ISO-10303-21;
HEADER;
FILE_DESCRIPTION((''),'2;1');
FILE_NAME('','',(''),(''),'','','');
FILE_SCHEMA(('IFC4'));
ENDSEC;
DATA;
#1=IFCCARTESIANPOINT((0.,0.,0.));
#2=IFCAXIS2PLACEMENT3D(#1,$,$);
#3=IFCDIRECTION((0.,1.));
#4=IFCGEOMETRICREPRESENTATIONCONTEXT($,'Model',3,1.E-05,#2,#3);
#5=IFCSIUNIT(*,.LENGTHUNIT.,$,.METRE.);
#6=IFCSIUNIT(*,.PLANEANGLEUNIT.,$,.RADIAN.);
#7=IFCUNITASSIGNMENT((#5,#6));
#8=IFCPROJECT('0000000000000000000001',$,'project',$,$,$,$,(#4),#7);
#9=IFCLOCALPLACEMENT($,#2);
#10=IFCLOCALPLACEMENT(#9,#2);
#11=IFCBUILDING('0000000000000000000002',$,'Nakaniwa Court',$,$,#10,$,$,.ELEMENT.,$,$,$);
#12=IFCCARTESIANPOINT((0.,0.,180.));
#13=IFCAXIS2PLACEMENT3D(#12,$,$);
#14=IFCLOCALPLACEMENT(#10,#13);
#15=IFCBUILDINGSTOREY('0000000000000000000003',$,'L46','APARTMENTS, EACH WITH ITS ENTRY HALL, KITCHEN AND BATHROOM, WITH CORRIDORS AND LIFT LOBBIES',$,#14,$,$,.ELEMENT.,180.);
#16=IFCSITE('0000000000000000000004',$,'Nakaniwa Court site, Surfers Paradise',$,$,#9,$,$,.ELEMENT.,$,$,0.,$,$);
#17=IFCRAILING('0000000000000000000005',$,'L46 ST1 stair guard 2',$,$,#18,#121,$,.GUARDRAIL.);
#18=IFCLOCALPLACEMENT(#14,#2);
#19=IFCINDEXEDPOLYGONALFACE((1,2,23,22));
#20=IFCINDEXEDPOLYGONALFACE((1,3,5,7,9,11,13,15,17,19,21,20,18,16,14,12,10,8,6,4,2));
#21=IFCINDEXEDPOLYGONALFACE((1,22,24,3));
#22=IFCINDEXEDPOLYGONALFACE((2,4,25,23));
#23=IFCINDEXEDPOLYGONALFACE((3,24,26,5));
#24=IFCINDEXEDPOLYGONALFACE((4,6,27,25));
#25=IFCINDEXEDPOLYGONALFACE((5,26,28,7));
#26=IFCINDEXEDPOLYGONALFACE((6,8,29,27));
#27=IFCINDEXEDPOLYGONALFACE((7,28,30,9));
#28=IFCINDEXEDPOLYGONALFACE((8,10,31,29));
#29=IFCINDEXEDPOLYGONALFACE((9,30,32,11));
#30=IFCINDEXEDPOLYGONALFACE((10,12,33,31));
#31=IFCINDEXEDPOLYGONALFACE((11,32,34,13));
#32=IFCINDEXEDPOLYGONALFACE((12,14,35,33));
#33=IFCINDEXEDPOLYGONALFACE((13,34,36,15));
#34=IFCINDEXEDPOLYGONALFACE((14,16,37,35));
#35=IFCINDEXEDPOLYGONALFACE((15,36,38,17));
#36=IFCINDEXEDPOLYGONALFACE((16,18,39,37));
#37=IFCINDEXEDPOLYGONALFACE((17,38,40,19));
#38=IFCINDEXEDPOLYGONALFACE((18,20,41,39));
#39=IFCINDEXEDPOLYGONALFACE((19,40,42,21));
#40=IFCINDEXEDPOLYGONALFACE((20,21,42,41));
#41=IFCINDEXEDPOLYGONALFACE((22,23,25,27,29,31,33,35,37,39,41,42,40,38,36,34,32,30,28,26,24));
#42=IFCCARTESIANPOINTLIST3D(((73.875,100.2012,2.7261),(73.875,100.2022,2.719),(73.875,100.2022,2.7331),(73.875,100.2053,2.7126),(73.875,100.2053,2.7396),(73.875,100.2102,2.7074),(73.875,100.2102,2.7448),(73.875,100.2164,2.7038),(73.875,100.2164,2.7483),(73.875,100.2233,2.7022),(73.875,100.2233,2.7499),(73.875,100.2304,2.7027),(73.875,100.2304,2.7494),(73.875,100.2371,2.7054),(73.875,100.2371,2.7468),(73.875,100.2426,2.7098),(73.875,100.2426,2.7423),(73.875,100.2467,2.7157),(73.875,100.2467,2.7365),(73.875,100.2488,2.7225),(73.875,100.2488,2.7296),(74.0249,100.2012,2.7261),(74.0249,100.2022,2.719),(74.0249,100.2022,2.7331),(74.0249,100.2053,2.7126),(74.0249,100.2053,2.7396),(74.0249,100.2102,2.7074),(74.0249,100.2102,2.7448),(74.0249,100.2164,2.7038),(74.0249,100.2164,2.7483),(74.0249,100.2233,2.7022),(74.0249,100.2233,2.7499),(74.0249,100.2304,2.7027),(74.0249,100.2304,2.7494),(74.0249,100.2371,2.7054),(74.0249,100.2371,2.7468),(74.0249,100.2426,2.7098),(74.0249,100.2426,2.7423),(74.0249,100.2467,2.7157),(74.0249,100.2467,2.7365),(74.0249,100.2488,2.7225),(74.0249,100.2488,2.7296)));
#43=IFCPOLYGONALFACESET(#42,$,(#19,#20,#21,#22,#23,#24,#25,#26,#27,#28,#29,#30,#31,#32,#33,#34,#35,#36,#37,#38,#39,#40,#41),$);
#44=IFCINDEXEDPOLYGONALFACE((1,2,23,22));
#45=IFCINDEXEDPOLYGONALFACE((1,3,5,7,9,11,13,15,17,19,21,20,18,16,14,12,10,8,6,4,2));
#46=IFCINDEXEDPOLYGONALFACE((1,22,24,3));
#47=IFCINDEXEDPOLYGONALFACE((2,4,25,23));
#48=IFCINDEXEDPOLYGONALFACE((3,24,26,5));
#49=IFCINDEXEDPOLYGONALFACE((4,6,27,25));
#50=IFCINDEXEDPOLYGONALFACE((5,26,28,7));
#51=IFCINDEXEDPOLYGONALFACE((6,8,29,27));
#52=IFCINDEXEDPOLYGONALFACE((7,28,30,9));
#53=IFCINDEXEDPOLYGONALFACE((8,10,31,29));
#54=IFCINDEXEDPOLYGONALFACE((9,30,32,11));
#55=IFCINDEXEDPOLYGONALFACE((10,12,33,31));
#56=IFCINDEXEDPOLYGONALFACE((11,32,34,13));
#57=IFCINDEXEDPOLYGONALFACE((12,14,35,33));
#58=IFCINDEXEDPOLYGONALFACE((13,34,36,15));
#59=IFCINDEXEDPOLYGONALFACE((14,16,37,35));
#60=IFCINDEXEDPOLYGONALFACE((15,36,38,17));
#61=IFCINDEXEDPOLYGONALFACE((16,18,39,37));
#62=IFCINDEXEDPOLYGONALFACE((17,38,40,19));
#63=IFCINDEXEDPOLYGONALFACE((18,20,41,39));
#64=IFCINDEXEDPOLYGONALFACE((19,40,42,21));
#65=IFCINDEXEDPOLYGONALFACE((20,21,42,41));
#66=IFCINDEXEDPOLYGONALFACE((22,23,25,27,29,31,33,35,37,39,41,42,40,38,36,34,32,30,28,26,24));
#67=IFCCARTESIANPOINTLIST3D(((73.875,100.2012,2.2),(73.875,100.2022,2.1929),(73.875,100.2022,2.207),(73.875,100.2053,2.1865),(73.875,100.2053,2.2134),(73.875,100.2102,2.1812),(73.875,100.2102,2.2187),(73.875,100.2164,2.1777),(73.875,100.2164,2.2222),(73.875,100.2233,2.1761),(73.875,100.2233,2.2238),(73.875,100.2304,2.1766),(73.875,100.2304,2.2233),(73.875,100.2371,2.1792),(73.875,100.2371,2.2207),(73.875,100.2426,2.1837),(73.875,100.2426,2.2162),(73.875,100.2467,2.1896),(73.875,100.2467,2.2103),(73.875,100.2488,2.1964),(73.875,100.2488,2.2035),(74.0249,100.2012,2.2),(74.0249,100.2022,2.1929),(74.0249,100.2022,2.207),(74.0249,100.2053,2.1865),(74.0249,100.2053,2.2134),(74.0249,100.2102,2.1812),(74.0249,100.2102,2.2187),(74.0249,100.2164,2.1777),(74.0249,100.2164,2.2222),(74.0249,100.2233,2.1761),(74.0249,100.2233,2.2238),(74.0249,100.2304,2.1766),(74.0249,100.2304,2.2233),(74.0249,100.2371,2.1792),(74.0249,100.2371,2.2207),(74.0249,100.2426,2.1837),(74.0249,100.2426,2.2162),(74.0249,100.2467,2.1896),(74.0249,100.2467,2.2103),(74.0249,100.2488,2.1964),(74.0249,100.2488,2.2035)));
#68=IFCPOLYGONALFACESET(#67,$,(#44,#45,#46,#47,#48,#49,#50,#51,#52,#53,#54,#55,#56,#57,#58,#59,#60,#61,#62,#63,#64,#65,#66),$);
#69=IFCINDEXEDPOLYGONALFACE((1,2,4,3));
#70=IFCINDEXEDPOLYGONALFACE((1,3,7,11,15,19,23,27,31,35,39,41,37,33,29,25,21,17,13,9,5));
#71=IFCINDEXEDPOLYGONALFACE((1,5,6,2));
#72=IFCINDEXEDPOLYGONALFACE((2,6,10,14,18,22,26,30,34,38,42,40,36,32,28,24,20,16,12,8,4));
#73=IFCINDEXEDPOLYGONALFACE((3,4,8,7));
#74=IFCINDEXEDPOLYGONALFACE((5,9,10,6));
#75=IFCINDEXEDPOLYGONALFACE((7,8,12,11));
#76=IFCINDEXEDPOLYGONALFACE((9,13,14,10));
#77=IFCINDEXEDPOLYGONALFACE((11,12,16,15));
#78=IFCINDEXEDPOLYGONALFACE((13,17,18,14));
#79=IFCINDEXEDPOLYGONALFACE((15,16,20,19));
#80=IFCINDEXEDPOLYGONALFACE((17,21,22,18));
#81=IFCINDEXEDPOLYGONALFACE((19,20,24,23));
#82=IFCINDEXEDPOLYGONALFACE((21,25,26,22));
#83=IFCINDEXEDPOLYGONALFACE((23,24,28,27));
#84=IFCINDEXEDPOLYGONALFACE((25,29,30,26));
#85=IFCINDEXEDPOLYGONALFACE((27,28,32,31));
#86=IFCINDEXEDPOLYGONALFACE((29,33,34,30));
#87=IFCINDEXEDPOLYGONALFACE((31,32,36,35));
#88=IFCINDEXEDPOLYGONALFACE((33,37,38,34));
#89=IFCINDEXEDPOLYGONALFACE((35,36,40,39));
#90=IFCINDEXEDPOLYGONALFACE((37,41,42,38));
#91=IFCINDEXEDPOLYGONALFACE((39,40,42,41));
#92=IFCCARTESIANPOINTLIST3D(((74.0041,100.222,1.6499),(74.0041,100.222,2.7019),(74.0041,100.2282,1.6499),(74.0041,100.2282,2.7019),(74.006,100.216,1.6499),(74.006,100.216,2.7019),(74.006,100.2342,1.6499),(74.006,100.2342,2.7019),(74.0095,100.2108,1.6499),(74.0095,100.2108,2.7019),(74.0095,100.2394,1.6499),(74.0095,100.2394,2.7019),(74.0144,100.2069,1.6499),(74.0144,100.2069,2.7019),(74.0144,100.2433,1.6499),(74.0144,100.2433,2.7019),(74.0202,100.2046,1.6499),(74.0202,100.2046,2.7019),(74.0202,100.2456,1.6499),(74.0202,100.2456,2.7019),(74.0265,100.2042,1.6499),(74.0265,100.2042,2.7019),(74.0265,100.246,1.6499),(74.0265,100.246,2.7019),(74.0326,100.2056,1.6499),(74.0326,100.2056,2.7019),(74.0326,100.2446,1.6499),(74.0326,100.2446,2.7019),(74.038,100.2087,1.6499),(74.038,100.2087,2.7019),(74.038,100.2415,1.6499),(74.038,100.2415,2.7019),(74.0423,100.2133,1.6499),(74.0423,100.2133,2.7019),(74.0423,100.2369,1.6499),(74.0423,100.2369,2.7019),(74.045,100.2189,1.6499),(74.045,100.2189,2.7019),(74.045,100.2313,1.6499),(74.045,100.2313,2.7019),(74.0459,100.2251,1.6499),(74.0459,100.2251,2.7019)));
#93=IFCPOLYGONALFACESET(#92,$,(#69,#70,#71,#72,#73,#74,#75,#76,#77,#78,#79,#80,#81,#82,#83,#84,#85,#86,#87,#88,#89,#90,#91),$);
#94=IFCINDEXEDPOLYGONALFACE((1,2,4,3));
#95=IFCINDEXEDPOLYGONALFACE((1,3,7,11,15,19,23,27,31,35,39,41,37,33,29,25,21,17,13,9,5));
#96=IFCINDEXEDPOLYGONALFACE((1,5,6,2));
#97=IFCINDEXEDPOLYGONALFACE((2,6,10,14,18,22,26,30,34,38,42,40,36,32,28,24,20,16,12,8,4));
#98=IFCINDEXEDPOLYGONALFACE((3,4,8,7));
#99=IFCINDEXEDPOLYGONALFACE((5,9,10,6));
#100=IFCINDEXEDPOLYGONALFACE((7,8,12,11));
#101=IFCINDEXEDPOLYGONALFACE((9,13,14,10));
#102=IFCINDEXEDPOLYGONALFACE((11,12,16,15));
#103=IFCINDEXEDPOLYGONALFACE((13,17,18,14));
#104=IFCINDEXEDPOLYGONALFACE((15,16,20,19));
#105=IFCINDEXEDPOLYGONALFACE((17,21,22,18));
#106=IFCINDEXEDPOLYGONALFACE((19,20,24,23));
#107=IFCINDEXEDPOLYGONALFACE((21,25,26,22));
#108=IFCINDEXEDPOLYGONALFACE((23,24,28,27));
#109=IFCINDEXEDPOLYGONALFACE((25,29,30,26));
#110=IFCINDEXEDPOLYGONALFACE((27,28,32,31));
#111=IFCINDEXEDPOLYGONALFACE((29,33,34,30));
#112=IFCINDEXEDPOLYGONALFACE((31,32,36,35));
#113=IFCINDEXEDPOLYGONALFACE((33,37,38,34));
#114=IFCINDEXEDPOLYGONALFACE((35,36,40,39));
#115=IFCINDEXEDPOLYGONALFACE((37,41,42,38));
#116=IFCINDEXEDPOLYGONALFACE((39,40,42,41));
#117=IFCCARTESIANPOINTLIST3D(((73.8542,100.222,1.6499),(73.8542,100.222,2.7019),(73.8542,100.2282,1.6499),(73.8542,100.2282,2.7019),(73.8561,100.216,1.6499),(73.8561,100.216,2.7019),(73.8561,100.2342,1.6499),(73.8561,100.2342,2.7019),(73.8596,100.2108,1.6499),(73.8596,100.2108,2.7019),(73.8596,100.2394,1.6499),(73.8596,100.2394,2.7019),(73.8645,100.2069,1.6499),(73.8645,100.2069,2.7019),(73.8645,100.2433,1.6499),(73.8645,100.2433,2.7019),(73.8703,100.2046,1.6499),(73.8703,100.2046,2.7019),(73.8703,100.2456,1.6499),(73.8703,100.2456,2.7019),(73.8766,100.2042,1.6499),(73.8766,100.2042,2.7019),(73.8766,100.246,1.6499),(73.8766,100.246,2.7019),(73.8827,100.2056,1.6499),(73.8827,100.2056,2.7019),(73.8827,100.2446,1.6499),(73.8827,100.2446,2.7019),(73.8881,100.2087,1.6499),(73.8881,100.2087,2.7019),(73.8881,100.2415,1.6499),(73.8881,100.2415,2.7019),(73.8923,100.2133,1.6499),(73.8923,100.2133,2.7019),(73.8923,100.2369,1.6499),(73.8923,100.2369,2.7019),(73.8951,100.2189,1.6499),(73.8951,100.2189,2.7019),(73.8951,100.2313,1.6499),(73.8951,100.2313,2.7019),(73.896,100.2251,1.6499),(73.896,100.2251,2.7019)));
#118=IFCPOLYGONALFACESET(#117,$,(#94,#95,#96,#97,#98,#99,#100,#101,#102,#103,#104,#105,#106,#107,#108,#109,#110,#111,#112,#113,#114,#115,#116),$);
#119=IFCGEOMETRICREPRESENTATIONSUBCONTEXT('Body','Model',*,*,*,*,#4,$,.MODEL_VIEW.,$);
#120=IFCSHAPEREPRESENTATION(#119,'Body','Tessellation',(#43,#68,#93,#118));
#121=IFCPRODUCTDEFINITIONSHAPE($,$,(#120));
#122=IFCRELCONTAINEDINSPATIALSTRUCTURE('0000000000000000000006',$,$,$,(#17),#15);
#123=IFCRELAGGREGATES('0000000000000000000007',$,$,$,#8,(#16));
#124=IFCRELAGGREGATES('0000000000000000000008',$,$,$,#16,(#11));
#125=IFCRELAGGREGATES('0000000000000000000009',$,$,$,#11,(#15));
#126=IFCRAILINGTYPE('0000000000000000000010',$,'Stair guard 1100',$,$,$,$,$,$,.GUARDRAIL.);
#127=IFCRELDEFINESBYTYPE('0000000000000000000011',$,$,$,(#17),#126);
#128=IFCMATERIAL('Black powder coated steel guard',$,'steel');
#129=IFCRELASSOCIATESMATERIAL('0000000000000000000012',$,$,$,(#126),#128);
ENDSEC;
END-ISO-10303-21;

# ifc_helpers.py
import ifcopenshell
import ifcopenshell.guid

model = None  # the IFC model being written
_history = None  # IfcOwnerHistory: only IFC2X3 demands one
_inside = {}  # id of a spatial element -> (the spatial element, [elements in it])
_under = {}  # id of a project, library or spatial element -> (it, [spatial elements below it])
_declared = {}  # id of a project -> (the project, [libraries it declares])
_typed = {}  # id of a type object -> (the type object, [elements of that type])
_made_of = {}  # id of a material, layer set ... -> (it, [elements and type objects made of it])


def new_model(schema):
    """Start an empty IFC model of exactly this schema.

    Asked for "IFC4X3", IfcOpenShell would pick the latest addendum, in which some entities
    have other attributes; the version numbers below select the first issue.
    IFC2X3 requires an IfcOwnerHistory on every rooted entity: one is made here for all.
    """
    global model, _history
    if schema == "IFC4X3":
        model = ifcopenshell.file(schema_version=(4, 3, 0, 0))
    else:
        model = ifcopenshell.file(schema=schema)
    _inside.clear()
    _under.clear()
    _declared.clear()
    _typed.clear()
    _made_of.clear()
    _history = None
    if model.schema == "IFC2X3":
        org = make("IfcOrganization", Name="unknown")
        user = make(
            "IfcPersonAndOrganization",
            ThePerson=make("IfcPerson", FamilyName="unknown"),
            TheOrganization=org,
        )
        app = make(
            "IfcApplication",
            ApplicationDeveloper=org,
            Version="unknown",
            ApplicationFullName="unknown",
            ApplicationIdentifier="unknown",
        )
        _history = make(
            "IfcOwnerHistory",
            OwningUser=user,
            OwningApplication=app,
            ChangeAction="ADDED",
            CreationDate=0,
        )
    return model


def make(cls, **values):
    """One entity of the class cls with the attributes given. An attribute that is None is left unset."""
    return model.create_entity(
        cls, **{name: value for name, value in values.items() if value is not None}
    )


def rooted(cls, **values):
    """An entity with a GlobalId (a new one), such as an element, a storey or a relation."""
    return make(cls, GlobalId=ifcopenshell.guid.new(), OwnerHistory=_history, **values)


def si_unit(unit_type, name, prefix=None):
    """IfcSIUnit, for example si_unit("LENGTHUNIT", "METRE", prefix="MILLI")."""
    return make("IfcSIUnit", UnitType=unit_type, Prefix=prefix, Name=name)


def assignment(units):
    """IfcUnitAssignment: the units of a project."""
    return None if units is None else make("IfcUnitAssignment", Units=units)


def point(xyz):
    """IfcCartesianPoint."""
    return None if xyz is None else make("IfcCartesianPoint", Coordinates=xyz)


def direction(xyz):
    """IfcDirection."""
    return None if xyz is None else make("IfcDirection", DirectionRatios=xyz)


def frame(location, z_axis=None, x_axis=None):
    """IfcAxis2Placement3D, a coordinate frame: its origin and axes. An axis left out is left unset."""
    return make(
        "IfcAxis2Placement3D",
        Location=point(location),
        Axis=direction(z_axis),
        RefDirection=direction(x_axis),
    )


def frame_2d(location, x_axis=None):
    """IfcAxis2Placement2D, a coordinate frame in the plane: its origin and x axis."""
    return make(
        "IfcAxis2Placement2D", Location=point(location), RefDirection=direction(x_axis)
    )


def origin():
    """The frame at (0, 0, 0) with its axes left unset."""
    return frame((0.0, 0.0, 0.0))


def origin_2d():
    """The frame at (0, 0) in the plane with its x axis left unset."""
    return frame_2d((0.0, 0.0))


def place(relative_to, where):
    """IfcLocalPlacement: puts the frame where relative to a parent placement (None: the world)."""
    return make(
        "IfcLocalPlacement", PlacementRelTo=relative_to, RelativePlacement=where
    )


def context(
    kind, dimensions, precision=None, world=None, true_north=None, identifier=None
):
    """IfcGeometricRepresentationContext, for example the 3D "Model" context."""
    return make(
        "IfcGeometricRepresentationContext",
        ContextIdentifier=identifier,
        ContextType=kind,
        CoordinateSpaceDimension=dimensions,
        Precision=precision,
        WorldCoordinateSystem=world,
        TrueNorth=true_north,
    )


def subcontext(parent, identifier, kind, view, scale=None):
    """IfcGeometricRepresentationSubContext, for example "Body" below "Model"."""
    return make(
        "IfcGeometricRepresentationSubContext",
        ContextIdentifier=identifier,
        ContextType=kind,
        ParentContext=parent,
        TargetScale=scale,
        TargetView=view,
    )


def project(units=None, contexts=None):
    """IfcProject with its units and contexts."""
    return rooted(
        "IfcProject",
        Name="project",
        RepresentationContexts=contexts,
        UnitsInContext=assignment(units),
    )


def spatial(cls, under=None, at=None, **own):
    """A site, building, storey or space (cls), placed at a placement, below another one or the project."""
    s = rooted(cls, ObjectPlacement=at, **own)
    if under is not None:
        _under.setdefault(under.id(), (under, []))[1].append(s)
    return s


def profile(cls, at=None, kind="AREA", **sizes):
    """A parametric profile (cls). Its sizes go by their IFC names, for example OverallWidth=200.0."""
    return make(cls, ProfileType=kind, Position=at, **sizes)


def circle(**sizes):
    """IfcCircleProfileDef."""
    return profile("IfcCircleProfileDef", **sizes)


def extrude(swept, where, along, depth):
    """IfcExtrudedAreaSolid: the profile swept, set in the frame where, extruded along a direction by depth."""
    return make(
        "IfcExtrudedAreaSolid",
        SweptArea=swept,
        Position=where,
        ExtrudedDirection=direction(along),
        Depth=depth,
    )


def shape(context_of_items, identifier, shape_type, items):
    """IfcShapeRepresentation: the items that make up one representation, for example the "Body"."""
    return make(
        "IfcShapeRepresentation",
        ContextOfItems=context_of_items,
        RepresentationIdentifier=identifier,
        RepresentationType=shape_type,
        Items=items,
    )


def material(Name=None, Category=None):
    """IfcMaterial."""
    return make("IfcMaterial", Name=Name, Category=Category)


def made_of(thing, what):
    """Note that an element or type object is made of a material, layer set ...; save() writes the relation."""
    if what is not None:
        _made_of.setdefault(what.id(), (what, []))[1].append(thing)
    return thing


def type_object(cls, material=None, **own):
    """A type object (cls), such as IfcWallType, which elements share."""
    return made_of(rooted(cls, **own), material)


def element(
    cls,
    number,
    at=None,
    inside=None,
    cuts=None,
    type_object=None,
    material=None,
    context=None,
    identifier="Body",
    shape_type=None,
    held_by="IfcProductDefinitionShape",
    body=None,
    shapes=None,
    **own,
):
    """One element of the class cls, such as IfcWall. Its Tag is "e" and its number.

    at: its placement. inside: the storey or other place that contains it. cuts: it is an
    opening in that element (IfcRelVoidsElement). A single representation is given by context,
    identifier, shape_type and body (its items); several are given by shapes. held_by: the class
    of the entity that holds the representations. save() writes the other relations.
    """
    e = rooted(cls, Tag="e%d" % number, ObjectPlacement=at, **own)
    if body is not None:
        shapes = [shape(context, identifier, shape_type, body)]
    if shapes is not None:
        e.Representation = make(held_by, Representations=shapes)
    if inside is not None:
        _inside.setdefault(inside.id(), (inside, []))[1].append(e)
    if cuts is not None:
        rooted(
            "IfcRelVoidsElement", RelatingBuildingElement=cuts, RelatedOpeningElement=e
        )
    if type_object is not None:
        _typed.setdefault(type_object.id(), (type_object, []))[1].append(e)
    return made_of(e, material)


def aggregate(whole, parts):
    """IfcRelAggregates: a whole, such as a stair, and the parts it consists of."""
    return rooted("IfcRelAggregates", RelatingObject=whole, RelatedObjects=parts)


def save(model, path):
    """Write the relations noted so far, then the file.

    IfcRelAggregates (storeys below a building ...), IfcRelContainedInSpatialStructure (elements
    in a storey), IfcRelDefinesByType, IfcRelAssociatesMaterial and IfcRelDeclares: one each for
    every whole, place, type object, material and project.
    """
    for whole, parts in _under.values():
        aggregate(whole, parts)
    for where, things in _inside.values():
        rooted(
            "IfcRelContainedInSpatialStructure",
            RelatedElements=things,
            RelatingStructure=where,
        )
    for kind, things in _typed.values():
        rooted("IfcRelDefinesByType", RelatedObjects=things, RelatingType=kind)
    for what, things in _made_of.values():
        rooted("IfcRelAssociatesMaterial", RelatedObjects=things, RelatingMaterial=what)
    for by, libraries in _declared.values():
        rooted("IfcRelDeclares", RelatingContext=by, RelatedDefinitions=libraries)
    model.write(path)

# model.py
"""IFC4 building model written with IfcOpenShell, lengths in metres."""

from ifc_helpers import new_model, si_unit, direction, frame, origin, origin_2d, place, context, subcontext, project, spatial, circle, extrude, material, type_object, element, save


model = new_model("IFC4")

# Units and contexts
model_context = context("Model", 3, precision=1e-05, world=origin(), true_north=direction((0.0, 1.0)))
body_context = subcontext(model_context, "Body", "Model", "MODEL_VIEW")
ifc_project = project(units=[si_unit("LENGTHUNIT", "METRE"), si_unit("PLANEANGLEUNIT", "RADIAN")], contexts=[model_context])

# Site, building, storey
site_placement = place(None, origin())
site = spatial("IfcSite", under=ifc_project, at=site_placement, Name="Nakaniwa Court site, Surfers Paradise", CompositionType="ELEMENT", RefElevation=0.0)
building_placement = place(site_placement, origin())
building = spatial("IfcBuilding", under=site, at=building_placement, Name="Nakaniwa Court", CompositionType="ELEMENT")
storey_placement = place(building_placement, frame((0.0, 0.0, 180.0)))
storey = spatial("IfcBuildingStorey", under=building, at=storey_placement, Name="L46", Description="APARTMENTS, EACH WITH ITS ENTRY HALL, KITCHEN AND BATHROOM, WITH CORRIDORS AND LIFT LOBBIES", CompositionType="ELEMENT", Elevation=180.0)

# Railing
ifc_material_1 = material(Name="Black powder coated steel guard", Category="steel")
railing_type_1 = type_object("IfcRailingType", Name="Stair guard 1100", PredefinedType="GUARDRAIL", material=ifc_material_1)
railing_1_placement = place(storey_placement, frame((74.0249, 100.2251, 1.6499)))
element("IfcRailing", 1, at=railing_1_placement, inside=storey, type_object=railing_type_1, Name="L46 ST1 stair guard 2", PredefinedType="GUARDRAIL", context=body_context, shape_type="SweptSolid", body=[
    extrude(circle(Radius=0.0239, at=origin_2d()), frame((0.0, 0.0, 1.0762), z_axis=(-1.0, 0.0, 0.0), x_axis=(0.0, -1.0, 0.0)), (0.0, 0.0, 1.0), 0.1499),
    extrude(circle(Radius=0.0239, at=origin_2d()), frame((0.0, 0.0, 0.55), z_axis=(-1.0, 0.0, 0.0), x_axis=(0.0, -1.0, 0.0)), (0.0, 0.0, 1.0), 0.1499),
    extrude(circle(Radius=0.021, at=origin_2d()), origin(), (0.0, 0.0, 1.0), 1.052),
    extrude(circle(Radius=0.021, at=origin_2d()), frame((-0.1499, 0.0, 0.0)), (0.0, 0.0, 1.0), 1.052),
])

save(model, "model.ifc")
